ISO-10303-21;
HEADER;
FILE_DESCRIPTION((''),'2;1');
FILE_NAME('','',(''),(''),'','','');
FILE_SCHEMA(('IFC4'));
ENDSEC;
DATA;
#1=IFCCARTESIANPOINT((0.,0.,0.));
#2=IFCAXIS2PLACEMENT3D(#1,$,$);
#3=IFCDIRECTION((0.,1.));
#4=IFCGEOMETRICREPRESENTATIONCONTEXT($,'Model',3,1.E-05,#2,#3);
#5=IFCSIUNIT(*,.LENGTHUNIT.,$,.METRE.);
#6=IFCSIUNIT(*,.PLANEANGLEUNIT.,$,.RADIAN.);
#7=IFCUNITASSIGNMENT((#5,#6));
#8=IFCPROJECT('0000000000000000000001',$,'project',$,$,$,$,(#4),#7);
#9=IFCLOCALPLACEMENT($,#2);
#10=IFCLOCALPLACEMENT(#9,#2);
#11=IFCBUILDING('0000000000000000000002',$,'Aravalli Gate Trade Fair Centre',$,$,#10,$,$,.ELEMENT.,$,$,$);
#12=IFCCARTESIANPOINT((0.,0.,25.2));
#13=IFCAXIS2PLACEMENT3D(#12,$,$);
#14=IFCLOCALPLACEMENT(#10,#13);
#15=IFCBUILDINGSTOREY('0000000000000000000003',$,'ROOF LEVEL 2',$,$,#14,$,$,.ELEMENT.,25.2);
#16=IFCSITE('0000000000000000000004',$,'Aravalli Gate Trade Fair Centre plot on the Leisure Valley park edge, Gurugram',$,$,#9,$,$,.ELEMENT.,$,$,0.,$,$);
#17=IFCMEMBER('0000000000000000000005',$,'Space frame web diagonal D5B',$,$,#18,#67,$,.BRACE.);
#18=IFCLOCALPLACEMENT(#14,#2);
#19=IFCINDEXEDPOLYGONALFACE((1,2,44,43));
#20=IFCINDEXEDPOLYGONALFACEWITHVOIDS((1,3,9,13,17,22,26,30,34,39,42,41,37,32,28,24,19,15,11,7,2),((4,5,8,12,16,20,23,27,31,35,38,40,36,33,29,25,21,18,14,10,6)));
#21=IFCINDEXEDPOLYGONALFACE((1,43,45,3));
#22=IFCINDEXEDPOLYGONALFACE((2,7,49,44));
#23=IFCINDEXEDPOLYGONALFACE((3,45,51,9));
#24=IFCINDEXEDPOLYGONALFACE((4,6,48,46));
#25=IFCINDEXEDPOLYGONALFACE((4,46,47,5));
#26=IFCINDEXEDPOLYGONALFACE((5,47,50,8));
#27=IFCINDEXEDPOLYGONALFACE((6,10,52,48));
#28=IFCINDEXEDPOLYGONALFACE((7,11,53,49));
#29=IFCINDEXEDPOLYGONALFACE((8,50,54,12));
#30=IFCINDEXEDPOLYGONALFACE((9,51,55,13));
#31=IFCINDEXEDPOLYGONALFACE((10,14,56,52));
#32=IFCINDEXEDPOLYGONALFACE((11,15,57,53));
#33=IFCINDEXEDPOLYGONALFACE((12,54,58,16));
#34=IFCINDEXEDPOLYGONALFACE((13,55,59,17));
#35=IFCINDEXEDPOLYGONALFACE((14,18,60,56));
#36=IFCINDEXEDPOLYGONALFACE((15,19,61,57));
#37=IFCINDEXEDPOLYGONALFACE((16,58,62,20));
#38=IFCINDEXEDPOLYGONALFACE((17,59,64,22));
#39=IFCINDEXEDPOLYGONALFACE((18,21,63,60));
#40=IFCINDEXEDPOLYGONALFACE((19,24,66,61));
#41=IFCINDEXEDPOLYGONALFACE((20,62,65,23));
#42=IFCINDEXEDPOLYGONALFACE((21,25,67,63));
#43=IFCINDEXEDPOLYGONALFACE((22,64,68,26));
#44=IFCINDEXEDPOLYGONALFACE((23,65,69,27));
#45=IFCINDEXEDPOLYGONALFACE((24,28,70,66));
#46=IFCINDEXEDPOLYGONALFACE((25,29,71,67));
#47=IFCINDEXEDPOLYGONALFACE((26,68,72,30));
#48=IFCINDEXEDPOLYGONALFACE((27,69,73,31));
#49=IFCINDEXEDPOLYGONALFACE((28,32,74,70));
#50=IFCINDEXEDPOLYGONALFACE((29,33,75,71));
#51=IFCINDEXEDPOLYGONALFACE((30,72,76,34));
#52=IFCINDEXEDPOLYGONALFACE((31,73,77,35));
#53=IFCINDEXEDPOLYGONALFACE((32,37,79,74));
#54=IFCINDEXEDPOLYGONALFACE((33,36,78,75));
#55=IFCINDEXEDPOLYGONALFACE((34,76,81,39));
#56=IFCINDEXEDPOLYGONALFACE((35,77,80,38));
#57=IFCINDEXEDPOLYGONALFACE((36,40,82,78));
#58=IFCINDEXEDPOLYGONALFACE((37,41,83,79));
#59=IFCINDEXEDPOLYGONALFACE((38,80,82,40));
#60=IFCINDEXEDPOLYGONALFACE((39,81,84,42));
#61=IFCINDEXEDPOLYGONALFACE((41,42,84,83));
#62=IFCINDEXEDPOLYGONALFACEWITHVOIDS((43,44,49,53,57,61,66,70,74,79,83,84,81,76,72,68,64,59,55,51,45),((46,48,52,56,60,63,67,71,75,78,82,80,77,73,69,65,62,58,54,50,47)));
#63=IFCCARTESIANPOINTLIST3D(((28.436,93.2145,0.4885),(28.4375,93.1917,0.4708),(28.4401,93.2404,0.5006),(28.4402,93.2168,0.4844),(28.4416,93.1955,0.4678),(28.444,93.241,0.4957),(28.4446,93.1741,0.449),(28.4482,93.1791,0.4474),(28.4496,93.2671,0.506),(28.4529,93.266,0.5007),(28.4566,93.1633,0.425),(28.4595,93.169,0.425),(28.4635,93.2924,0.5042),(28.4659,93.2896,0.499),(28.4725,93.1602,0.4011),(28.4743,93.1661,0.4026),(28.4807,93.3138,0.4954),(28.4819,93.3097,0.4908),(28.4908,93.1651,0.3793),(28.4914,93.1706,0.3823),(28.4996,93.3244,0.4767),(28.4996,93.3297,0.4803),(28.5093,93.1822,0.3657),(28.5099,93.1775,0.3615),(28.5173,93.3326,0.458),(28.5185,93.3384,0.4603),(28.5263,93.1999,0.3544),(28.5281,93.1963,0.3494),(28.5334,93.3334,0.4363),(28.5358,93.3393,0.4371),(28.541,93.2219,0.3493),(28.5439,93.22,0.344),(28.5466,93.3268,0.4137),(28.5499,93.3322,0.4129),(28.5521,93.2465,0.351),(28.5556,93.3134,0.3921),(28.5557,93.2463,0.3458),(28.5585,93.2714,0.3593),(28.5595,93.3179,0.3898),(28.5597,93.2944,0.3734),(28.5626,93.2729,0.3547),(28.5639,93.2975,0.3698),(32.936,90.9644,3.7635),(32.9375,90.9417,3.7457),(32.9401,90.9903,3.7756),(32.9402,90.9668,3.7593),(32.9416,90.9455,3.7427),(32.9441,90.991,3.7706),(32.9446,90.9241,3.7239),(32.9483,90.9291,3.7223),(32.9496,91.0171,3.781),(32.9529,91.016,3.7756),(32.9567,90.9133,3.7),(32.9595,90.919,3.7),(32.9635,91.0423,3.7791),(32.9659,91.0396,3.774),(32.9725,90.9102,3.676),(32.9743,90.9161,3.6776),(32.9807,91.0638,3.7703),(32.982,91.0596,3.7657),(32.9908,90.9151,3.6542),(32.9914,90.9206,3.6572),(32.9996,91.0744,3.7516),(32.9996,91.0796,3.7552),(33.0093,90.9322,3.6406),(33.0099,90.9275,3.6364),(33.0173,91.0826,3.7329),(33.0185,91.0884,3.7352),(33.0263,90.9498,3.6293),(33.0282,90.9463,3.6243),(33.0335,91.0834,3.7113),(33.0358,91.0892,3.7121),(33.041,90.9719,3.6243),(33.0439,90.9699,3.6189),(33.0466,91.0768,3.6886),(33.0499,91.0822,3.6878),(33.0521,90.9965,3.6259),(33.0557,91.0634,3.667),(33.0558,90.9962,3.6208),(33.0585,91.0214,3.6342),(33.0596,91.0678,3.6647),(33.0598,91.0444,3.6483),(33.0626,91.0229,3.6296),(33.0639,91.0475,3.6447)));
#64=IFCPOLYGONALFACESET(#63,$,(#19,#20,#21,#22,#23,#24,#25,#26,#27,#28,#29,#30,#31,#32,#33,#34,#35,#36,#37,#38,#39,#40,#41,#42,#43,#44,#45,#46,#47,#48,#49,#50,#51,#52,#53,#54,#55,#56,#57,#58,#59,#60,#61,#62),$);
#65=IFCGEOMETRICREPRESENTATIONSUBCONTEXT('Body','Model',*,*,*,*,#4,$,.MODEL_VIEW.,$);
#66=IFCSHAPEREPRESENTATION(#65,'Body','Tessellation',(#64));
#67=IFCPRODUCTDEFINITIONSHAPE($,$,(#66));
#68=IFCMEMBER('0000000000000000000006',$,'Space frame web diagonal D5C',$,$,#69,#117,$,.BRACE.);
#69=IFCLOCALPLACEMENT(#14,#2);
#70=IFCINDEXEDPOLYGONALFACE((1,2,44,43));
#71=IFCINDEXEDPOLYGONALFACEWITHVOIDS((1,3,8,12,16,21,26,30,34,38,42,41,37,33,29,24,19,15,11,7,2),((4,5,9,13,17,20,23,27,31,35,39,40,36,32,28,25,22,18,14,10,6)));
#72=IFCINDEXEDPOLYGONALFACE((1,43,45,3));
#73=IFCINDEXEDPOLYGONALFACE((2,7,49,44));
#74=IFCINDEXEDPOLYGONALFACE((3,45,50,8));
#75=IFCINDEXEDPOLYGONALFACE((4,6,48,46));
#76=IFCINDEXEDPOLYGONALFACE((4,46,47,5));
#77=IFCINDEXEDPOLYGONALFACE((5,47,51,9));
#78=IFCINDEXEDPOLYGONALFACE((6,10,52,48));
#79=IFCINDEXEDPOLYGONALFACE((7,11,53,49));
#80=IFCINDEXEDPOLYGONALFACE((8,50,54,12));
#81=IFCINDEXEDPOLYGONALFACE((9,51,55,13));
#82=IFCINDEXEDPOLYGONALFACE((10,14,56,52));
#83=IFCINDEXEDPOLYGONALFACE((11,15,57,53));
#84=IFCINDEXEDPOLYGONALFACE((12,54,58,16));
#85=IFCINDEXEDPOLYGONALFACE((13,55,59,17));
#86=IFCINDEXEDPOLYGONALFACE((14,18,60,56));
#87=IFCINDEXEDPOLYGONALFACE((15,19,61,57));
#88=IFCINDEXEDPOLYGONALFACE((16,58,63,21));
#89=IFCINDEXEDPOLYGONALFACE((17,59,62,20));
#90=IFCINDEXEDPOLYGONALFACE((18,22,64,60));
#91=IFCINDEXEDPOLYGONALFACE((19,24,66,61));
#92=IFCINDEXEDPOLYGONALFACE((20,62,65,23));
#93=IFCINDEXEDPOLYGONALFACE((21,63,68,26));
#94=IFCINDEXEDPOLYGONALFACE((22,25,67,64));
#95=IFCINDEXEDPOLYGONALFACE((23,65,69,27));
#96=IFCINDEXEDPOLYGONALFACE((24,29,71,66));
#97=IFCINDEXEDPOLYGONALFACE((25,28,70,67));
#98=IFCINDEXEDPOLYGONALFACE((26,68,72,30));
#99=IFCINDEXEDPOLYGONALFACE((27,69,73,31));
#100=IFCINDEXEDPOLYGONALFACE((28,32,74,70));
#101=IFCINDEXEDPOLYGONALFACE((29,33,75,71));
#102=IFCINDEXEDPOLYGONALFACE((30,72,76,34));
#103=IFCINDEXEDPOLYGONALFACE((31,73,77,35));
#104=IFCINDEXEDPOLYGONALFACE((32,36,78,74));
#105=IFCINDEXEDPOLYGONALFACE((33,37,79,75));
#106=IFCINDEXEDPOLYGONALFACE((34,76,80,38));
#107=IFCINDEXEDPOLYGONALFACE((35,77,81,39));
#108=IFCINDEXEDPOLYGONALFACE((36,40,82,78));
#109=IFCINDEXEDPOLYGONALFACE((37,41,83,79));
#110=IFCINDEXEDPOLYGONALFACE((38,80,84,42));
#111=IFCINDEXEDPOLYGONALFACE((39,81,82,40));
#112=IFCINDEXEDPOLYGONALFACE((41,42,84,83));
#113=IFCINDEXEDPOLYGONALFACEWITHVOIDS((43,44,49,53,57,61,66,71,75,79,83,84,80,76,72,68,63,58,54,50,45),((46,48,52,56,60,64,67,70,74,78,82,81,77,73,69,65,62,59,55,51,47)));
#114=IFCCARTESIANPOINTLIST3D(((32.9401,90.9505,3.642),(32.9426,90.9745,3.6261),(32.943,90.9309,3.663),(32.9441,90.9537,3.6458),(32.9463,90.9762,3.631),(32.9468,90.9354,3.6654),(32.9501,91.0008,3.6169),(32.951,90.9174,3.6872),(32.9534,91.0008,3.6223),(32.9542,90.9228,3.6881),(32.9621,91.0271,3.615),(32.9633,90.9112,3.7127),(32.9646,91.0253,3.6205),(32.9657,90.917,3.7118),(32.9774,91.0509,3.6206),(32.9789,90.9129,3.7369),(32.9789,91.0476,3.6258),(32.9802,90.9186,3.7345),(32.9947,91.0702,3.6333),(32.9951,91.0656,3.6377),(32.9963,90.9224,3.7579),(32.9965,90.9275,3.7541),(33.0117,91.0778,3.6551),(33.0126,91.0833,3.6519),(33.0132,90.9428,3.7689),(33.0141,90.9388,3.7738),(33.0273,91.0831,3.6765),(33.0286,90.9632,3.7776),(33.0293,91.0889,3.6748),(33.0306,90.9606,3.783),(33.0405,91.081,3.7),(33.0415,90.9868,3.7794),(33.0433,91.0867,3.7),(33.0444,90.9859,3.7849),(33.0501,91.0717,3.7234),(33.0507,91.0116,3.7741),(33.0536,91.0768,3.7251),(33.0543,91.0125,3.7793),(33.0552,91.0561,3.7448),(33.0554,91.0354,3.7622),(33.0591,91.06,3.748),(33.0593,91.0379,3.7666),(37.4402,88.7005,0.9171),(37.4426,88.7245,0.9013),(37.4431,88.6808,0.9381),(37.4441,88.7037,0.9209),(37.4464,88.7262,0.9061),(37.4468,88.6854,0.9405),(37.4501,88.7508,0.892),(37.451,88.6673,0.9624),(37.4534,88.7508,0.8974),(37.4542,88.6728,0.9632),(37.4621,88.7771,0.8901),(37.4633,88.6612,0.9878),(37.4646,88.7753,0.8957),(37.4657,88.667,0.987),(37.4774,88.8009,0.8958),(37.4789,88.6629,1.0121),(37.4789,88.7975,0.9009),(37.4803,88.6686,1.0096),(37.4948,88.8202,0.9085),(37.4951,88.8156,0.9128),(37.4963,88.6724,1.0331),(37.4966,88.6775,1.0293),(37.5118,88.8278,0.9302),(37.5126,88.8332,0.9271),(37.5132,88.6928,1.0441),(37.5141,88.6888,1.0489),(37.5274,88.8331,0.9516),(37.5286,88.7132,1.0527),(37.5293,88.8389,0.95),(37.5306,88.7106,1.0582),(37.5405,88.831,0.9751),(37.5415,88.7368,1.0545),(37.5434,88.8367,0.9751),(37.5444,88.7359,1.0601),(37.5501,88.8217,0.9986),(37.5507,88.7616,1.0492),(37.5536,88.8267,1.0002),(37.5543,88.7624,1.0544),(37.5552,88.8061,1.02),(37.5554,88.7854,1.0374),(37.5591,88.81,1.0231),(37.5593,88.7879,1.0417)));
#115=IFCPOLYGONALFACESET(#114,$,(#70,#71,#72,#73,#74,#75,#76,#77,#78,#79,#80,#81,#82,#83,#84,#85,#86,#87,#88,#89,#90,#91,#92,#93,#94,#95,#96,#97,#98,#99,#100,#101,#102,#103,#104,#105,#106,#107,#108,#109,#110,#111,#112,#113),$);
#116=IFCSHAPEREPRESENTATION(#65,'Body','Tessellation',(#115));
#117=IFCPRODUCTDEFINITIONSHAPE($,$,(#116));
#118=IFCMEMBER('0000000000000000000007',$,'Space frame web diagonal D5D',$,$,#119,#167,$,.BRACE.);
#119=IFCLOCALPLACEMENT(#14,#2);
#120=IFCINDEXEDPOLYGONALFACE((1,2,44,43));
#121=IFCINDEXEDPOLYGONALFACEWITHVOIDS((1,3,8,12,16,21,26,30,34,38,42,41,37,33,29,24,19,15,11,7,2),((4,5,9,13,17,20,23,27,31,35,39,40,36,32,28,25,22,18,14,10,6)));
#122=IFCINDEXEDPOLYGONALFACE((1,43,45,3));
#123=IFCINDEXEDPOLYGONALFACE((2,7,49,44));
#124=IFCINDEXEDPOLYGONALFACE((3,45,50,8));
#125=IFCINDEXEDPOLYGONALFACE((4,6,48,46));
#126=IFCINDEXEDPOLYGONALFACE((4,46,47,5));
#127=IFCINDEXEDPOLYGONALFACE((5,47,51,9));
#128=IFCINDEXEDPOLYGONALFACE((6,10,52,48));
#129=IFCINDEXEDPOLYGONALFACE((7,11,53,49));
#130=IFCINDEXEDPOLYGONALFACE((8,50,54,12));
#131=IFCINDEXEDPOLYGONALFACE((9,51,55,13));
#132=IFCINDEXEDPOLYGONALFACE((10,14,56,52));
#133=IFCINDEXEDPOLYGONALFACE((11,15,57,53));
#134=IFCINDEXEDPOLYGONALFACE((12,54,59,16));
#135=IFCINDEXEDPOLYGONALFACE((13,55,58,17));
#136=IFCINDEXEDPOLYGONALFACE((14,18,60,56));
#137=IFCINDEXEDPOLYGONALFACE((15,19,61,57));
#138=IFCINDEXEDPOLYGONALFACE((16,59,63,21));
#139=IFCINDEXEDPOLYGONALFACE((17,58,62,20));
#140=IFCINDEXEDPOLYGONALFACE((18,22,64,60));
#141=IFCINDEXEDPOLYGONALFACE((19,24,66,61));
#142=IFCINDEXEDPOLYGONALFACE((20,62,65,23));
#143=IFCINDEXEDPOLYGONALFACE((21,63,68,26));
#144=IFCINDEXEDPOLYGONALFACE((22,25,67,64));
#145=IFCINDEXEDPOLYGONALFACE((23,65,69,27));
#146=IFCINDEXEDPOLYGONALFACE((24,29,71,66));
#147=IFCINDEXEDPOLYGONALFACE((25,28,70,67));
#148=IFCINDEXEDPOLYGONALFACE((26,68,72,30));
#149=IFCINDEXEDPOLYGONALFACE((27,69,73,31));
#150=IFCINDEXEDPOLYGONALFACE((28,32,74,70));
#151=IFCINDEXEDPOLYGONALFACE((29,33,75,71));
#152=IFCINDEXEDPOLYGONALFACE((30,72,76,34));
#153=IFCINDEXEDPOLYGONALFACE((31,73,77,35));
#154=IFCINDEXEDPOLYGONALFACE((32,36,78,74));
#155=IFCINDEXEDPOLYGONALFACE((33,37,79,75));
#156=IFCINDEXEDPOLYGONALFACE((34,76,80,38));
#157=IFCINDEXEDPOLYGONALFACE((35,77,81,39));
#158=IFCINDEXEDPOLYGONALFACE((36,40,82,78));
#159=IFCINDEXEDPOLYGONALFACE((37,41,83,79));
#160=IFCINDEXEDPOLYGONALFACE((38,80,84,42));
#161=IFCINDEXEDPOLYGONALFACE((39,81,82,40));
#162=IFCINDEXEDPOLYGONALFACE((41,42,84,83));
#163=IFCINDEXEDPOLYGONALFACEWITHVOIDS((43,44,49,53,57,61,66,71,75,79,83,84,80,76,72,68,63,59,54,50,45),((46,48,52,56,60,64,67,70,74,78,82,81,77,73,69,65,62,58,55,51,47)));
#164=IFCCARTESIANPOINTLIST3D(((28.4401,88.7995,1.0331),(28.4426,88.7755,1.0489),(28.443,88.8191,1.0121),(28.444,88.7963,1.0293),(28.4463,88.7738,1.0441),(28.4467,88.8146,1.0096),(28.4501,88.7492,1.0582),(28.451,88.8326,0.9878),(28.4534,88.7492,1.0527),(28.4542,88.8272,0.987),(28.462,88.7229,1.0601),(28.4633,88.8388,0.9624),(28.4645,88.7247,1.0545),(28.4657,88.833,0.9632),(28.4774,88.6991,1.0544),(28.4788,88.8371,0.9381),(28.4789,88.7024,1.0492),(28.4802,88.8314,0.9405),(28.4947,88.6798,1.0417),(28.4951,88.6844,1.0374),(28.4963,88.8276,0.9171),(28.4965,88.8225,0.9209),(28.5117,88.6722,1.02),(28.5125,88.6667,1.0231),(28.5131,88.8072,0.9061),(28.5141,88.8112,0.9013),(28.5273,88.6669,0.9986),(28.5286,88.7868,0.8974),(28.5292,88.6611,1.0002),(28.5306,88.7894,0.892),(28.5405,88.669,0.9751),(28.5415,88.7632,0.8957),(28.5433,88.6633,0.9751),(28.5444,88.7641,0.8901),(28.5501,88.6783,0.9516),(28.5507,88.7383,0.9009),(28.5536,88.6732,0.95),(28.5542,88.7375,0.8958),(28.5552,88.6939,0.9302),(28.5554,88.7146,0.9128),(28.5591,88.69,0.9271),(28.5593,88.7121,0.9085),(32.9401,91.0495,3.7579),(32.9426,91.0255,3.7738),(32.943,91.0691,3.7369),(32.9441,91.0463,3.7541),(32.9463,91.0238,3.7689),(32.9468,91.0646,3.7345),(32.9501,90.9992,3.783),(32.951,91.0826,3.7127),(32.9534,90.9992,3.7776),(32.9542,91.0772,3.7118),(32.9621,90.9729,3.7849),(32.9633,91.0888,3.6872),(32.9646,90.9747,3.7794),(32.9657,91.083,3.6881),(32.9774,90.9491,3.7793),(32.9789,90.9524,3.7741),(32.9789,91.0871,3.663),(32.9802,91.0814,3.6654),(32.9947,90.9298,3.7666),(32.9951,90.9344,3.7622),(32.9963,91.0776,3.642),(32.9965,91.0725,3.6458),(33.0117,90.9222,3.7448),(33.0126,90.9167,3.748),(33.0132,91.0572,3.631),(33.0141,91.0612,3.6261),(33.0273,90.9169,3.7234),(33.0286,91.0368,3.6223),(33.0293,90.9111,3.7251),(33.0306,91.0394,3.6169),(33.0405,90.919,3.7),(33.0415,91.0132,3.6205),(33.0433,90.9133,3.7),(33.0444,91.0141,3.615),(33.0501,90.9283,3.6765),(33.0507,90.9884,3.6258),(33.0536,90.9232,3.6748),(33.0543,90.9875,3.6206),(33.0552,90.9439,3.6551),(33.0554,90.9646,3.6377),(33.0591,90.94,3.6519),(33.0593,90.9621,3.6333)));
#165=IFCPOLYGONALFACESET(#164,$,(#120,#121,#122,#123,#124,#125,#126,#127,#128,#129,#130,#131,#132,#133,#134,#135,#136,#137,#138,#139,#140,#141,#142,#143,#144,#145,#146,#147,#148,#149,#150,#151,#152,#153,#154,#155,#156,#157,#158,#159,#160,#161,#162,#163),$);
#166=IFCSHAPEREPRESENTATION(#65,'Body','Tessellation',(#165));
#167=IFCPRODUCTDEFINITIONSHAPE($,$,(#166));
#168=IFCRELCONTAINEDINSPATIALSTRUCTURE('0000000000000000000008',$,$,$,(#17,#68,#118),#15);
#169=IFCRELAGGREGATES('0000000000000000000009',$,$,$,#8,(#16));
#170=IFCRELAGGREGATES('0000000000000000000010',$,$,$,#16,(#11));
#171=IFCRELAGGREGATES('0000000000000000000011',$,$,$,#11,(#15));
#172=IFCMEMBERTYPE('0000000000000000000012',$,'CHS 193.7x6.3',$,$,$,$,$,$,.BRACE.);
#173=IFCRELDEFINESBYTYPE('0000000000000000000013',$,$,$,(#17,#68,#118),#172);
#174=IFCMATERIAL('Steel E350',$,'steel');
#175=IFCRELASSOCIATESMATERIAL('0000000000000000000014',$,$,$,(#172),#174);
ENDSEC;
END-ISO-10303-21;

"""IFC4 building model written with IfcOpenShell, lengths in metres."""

from ifc_helpers import new_model, si_unit, direction, frame, origin, origin_2d, place, context, subcontext, project, spatial, hollow_circle, extrude, material, material_profile, profile_set, type_object, element, save


model = new_model("IFC4")

# Units and contexts
model_context = context("Model", 3, precision=1e-05, world=origin(), true_north=direction((0.0, 1.0)))
body_context = subcontext(model_context, "Body", "Model", "MODEL_VIEW")
ifc_project = project(units=[si_unit("LENGTHUNIT", "METRE"), si_unit("PLANEANGLEUNIT", "RADIAN")], contexts=[model_context])

# Site, building, storey
site_placement = place(None, origin())
site = spatial("IfcSite", under=ifc_project, at=site_placement, Name="Aravalli Gate Trade Fair Centre plot on the Leisure Valley park edge, Gurugram", CompositionType="ELEMENT", RefElevation=0.0)
building_placement = place(site_placement, origin())
building = spatial("IfcBuilding", under=site, at=building_placement, Name="Aravalli Gate Trade Fair Centre", CompositionType="ELEMENT")
storey_placement = place(building_placement, frame((0.0, 0.0, 25.2)))
storey = spatial("IfcBuildingStorey", under=building, at=storey_placement, Name="ROOF LEVEL 2", CompositionType="ELEMENT", Elevation=25.2)

# Members
ifc_material = material(Name="Steel E350", Category="steel")
ifc_material_profile_1 = material_profile(ifc_material, hollow_circle(Radius=0.0969, WallThickness=0.0063, at=origin_2d()), Name="CHS 193.7x6.3")
ifc_profile_set_1 = profile_set([ifc_material_profile_1], Name="Steel E350")
member_type_1 = type_object("IfcMemberType", Name="CHS 193.7x6.3", PredefinedType="BRACE", material=ifc_profile_set_1)
member_1_placement = place(storey_placement, frame((33.0, 91.0, 3.7), z_axis=(-0.74961, 0.374805, -0.545533), x_axis=(-0.447214, -0.894427, 0.0)))
element("IfcMember", 1, at=member_1_placement, inside=storey, type_object=member_type_1, Name="Space frame web diagonal D5B", PredefinedType="BRACE", context=body_context, shape_type="SweptSolid", body=[
    extrude(hollow_circle(Radius=0.0969, WallThickness=0.0063, at=origin_2d()), origin(), (0.0, 0.0, 1.0), 6.0032),
])
for number, where, z_axis, x_axis, name in (
    (2, (33.0, 91.0, 3.7), (0.786486, -0.393243, -0.476235), (0.447214, 0.894427, 0.0), "Space frame web diagonal D5C"),
    (3, (33.0, 91.0, 3.7), (-0.786486, -0.393243, -0.476235), (0.447214, -0.894427, 0.0), "Space frame web diagonal D5D"),
):
    element("IfcMember", number, at=place(storey_placement, frame(where, z_axis=z_axis, x_axis=x_axis)), inside=storey, type_object=member_type_1, Name=name, PredefinedType="BRACE", context=body_context, shape_type="SweptSolid", body=[
        extrude(hollow_circle(Radius=0.0969, WallThickness=0.0063, at=origin_2d()), origin(), (0.0, 0.0, 1.0), 5.7217),
    ])

save(model, "model.ifc")
